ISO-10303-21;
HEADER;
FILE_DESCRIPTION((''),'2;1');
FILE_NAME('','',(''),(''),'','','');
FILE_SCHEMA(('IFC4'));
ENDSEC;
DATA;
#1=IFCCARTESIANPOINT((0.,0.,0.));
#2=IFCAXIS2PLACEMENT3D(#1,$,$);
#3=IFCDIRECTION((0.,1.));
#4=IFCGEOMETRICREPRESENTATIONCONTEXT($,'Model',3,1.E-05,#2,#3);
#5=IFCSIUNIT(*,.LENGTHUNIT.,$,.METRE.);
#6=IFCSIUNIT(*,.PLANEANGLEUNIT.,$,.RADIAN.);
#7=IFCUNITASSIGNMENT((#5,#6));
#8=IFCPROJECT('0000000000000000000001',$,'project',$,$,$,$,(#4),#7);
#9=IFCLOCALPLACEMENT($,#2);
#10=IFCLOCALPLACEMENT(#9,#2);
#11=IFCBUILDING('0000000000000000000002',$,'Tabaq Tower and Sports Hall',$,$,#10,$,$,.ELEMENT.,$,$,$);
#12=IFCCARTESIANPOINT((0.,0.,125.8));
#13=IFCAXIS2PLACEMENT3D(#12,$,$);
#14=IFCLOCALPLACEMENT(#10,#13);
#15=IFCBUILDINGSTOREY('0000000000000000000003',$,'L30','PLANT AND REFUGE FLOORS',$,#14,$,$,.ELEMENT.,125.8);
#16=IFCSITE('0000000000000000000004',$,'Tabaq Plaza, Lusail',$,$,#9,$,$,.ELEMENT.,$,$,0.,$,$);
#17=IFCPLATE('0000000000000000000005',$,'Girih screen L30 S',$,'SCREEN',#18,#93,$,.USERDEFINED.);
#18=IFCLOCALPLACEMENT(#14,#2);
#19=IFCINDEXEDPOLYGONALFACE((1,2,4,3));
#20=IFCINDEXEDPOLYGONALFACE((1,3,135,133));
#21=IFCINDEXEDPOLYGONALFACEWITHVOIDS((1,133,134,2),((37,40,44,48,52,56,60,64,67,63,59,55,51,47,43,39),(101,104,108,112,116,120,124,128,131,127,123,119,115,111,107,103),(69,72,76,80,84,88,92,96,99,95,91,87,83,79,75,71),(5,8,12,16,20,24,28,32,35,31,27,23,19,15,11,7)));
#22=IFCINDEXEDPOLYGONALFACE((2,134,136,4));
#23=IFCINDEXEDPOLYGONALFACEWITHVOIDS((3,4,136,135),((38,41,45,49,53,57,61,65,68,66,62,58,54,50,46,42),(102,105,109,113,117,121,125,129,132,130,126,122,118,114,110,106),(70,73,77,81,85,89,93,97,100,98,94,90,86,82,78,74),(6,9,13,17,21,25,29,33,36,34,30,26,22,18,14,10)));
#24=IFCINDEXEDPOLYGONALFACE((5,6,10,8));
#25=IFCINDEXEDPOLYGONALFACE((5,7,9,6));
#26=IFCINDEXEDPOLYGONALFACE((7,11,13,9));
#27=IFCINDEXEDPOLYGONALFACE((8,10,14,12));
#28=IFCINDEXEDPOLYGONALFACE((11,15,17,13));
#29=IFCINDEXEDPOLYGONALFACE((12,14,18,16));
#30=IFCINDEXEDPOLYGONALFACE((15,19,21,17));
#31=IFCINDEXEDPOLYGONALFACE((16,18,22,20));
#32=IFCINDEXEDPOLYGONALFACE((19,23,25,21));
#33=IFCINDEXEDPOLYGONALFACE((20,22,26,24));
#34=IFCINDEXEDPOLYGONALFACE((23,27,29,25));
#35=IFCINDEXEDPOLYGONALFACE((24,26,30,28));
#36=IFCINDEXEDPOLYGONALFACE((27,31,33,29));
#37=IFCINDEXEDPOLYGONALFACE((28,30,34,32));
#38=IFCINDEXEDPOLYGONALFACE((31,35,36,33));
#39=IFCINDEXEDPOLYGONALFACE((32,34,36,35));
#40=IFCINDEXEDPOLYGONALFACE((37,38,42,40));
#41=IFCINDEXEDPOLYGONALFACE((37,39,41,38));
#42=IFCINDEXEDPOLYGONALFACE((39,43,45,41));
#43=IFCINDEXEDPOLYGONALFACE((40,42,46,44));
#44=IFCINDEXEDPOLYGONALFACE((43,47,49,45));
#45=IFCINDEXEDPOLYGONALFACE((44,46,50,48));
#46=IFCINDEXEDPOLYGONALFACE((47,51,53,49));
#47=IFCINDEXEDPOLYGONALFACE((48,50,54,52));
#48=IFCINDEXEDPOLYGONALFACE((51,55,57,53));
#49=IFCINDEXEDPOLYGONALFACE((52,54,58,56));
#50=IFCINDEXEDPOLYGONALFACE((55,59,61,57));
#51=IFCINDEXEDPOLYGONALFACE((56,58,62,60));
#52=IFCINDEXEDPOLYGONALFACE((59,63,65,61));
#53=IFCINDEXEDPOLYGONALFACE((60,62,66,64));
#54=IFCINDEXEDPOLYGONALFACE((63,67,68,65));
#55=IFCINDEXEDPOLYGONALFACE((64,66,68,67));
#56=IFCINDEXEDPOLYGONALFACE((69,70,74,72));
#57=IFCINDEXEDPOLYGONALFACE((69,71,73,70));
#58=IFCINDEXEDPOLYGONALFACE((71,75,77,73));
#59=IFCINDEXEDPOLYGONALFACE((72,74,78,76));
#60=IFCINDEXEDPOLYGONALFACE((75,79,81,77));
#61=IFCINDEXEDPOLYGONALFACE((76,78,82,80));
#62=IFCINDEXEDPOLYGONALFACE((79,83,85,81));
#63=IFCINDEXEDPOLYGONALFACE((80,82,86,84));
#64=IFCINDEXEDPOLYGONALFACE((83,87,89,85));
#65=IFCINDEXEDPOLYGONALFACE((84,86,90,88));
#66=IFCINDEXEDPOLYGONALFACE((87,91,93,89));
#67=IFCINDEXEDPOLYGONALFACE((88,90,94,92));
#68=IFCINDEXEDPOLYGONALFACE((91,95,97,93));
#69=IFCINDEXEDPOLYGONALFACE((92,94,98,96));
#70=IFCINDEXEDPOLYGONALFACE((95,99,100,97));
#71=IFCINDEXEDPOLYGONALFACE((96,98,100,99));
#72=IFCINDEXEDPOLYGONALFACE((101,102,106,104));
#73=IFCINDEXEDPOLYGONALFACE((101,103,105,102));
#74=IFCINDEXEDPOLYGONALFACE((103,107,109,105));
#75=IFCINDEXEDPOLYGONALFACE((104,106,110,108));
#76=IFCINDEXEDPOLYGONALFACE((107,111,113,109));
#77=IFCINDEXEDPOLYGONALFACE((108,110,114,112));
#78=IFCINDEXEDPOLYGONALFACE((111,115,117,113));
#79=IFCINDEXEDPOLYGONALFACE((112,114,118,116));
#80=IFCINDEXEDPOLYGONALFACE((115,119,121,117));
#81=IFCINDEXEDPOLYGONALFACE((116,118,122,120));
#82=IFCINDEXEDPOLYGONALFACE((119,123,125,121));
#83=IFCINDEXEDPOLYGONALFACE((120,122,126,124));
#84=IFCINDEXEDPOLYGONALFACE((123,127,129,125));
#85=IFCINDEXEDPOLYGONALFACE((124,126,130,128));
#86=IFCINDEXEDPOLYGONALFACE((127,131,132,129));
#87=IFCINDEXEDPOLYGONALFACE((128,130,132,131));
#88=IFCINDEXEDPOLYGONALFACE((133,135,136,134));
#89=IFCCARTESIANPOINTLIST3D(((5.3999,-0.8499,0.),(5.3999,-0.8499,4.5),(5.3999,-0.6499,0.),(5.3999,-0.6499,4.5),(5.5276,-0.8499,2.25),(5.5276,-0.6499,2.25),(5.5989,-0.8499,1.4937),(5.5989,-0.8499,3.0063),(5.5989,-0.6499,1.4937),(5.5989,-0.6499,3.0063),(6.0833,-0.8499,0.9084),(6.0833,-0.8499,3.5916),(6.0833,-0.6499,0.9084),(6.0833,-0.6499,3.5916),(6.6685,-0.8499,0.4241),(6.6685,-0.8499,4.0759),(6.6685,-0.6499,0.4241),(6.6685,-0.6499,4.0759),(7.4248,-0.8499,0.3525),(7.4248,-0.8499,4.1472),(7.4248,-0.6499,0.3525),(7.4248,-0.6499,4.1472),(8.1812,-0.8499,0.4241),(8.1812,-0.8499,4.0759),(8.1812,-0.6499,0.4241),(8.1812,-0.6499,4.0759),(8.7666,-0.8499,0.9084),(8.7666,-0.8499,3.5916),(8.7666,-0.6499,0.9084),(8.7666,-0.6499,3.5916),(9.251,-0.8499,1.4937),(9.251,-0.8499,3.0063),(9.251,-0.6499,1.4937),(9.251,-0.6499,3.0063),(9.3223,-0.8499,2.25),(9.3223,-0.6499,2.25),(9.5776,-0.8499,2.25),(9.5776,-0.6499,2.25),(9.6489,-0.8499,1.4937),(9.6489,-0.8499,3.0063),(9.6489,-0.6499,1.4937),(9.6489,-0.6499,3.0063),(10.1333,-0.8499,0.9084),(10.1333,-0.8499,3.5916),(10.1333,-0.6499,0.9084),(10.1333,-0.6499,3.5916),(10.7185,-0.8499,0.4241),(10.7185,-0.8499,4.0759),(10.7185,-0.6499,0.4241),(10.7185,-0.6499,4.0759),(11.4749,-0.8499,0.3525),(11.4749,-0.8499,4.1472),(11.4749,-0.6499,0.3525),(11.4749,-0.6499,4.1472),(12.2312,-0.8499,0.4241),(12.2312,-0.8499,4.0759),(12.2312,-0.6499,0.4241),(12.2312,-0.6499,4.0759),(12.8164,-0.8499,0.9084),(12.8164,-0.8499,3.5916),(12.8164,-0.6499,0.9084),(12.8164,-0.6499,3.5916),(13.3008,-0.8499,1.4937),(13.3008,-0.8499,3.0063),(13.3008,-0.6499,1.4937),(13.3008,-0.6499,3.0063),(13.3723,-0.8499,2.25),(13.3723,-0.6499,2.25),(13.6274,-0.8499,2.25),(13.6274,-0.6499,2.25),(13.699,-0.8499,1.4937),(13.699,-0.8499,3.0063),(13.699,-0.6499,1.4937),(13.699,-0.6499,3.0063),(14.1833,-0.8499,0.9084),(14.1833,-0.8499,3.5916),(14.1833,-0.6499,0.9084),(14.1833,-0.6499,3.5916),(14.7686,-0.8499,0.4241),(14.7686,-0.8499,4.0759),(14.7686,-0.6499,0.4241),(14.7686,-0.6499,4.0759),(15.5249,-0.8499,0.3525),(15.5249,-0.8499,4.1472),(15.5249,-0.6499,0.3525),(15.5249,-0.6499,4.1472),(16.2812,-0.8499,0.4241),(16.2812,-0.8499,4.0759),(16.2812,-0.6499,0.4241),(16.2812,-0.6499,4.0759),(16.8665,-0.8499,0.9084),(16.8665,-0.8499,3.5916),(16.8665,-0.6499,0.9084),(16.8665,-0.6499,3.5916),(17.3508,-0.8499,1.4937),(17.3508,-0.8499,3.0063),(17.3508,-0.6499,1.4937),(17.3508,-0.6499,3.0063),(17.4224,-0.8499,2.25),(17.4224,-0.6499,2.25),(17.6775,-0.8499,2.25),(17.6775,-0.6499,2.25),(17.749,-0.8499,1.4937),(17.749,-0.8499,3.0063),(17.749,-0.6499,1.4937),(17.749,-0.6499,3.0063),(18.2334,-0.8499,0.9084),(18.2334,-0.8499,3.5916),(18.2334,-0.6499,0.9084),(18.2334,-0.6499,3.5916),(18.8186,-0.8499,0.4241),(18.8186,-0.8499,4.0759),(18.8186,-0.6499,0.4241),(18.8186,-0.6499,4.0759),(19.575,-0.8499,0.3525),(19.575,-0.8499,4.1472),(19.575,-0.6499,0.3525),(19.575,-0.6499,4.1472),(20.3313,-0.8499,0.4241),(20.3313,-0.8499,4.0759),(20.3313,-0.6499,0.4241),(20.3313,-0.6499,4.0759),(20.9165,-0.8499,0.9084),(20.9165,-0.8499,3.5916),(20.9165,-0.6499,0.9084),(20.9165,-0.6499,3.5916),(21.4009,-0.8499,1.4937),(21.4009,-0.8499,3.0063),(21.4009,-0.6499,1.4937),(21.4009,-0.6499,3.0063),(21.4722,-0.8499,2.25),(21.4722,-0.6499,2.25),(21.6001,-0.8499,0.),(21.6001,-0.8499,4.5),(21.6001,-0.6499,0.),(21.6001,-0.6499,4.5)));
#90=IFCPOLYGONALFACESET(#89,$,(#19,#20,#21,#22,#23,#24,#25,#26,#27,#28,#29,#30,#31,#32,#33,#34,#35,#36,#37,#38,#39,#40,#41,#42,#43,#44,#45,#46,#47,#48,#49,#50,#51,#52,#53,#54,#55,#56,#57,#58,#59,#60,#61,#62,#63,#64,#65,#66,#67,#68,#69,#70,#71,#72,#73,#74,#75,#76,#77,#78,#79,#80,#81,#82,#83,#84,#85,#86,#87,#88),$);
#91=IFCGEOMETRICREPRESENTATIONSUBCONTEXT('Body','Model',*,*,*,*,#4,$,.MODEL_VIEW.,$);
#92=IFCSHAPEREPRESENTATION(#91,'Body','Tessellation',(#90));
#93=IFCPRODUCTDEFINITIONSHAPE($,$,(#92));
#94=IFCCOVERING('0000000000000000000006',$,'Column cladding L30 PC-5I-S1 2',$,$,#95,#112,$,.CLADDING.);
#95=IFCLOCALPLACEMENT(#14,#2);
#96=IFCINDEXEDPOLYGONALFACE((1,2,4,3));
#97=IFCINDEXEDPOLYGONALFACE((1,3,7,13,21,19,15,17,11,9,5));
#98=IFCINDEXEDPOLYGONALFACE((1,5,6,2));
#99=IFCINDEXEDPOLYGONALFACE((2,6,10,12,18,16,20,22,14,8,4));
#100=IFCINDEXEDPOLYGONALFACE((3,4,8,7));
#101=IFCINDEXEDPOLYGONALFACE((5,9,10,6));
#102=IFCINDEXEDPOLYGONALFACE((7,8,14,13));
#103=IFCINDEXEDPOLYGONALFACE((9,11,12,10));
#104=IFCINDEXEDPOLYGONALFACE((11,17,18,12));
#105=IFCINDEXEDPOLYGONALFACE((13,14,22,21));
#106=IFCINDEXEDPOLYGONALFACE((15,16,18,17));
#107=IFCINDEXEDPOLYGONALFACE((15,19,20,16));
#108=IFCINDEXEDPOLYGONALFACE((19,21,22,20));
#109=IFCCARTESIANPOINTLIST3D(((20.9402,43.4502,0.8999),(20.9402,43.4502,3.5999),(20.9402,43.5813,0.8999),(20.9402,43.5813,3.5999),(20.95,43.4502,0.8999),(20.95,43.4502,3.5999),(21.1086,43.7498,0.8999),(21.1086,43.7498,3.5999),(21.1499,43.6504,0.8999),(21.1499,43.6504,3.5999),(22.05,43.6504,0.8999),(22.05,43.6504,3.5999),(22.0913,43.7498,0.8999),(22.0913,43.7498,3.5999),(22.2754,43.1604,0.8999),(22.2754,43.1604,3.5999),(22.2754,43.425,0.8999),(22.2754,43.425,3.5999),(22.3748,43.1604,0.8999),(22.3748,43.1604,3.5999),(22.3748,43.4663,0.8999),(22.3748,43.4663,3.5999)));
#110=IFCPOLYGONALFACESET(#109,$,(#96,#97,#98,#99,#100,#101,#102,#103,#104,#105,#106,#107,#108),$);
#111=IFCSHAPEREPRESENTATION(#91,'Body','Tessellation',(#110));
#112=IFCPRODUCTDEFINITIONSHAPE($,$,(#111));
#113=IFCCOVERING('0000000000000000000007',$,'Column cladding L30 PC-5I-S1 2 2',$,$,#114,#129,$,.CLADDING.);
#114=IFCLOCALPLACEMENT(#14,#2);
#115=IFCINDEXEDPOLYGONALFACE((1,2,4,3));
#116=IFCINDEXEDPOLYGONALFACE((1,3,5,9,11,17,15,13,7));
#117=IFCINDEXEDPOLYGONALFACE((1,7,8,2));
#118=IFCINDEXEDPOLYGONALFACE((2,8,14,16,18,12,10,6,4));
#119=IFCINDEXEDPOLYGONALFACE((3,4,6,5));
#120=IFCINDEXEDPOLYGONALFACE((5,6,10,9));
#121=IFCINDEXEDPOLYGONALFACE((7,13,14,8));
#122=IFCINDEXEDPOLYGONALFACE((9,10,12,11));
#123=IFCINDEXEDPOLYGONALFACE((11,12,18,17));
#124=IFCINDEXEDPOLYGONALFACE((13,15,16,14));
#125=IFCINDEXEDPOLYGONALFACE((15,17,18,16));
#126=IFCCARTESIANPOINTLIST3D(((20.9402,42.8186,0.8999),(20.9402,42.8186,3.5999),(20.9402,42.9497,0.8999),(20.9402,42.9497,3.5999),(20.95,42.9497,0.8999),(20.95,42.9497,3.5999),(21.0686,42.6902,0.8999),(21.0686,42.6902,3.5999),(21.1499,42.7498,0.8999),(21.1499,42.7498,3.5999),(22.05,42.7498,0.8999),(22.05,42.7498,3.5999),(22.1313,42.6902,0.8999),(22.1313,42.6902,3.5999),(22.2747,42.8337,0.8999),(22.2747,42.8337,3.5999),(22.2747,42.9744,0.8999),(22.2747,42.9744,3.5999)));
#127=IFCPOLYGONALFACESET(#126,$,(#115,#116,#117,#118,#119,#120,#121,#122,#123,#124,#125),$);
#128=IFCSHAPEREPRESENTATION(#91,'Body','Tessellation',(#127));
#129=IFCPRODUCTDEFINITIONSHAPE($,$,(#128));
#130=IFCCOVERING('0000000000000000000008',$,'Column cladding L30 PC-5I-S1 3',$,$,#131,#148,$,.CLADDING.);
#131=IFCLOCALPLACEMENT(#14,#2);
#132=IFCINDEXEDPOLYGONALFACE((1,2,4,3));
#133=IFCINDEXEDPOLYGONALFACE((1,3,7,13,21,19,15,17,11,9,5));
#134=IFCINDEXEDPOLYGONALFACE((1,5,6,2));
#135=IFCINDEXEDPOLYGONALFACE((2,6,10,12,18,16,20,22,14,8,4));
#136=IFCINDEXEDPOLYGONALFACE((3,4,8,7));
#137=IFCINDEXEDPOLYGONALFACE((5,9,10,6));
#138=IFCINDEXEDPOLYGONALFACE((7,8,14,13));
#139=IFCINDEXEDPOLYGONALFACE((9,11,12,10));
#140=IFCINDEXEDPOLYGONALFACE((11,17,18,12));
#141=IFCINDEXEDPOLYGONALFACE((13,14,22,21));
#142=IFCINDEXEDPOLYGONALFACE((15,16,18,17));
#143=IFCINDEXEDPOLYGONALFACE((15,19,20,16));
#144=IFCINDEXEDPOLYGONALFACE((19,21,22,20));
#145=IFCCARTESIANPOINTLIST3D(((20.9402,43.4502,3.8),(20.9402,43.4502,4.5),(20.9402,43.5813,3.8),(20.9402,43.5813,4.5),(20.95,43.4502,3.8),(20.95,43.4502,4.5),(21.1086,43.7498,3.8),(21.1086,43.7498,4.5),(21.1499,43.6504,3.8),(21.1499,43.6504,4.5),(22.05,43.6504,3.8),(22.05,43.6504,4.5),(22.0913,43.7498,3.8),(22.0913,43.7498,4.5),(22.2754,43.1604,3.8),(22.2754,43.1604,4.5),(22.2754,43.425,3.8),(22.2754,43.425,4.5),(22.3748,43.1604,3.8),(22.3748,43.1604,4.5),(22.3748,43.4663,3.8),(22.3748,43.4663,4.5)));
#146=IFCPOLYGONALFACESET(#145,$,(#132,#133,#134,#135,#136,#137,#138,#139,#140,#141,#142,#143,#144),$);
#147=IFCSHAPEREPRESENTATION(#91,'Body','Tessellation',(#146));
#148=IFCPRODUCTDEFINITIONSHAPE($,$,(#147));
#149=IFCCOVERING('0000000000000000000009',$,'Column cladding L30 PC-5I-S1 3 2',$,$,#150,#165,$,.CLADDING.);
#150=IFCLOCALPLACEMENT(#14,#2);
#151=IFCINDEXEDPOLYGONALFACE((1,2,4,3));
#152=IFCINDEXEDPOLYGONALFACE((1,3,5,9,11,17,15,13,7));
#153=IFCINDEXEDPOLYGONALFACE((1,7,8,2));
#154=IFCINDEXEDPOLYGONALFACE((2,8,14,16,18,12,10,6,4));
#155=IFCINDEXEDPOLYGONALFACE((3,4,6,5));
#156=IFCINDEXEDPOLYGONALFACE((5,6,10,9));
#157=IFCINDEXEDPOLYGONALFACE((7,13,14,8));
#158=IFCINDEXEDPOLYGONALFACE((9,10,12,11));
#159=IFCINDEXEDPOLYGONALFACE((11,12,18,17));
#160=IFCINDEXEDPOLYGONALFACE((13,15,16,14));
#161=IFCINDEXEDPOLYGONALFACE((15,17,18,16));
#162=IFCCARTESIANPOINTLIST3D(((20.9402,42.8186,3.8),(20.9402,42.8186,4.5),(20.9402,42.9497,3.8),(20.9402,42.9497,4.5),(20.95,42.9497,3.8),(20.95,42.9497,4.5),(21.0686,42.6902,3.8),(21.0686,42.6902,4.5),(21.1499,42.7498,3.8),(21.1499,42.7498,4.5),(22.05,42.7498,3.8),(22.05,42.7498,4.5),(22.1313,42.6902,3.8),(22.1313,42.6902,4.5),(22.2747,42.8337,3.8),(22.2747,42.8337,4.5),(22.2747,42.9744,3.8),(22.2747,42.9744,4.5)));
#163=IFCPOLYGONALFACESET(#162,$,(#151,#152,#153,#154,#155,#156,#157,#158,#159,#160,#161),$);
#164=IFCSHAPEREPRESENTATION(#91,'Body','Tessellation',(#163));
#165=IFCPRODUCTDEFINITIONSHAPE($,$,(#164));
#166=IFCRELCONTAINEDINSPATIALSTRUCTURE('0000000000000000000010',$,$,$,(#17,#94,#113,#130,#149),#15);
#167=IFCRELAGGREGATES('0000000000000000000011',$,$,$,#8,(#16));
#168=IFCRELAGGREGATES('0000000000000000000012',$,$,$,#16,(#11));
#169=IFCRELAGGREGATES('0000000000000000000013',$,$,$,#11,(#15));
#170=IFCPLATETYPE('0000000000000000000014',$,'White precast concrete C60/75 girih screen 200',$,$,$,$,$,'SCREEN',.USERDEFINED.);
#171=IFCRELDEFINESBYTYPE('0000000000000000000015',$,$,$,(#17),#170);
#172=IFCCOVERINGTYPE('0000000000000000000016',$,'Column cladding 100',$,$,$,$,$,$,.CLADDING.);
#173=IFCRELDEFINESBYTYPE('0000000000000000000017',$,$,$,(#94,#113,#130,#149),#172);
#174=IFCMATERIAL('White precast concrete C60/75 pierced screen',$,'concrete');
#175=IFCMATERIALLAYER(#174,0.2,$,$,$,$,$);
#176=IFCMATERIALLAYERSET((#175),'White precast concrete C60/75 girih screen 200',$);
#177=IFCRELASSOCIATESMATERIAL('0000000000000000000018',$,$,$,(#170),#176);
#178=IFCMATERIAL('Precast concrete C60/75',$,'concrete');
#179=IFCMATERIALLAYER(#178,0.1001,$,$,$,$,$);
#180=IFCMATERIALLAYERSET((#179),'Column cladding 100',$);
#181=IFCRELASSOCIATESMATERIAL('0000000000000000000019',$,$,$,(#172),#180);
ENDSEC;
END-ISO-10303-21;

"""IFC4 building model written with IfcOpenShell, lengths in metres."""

from ifc_helpers import new_model, si_unit, direction, frame, origin, place, context, subcontext, project, spatial, polyline, outline, extrude, material, layer, layer_set, type_object, element, save


model = new_model("IFC4")

# Units and contexts
model_context = context("Model", 3, precision=1e-05, world=origin(), true_north=direction((0.0, 1.0)))
body_context = subcontext(model_context, "Body", "Model", "MODEL_VIEW")
ifc_project = project(units=[si_unit("LENGTHUNIT", "METRE"), si_unit("PLANEANGLEUNIT", "RADIAN")], contexts=[model_context])

# Site, building, storey
site_placement = place(None, origin())
site = spatial("IfcSite", under=ifc_project, at=site_placement, Name="Tabaq Plaza, Lusail", CompositionType="ELEMENT", RefElevation=0.0)
building_placement = place(site_placement, origin())
building = spatial("IfcBuilding", under=site, at=building_placement, Name="Tabaq Tower and Sports Hall", CompositionType="ELEMENT")
storey_placement = place(building_placement, frame((0.0, 0.0, 125.8)))
storey = spatial("IfcBuildingStorey", under=building, at=storey_placement, Name="L30", Description="PLANT AND REFUGE FLOORS", CompositionType="ELEMENT", Elevation=125.8)

# Plate
ifc_material_1 = material(Name="White precast concrete C60/75 pierced screen", Category="concrete")
ifc_layer_1 = layer(ifc_material_1, 0.2)
ifc_layer_set_1 = layer_set([ifc_layer_1], Name="White precast concrete C60/75 girih screen 200")
plate_type = type_object("IfcPlateType", Name="White precast concrete C60/75 girih screen 200", ElementType="SCREEN", PredefinedType="USERDEFINED", material=ifc_layer_set_1)
plate_placement = place(storey_placement, frame((5.3999, -0.75, 0.0), z_axis=(0.0, 0.0, 1.0), x_axis=(1.0, 0.0, 0.0)))
element("IfcPlate", 1, at=plate_placement, inside=storey, type_object=plate_type, Name="Girih screen L30 S", ObjectType="SCREEN", PredefinedType="USERDEFINED", context=body_context, shape_type="SweptSolid", body=[
    extrude(outline(polyline([(0.0, 0.0), (16.2002, 0.0), (16.2002, 4.5), (0.0, 4.5), (0.0, 0.0)]), holes=[polyline([(3.8511, 3.0063), (3.3667, 3.5916), (2.7812, 4.0759), (2.0249, 4.1472), (1.2686, 4.0759), (0.6833, 3.5916), (0.199, 3.0063), (0.1277, 2.25), (0.199, 1.4937), (0.6833, 0.9084), (1.2686, 0.4241), (2.0249, 0.3525), (2.7812, 0.4241), (3.3667, 0.9084), (3.8511, 1.4937), (3.9224, 2.25), (3.8511, 3.0063)]), polyline([(7.9009, 3.0063), (7.4165, 3.5916), (6.8313, 4.0759), (6.075, 4.1472), (5.3186, 4.0759), (4.7334, 3.5916), (4.249, 3.0063), (4.1777, 2.25), (4.249, 1.4937), (4.7334, 0.9084), (5.3186, 0.4241), (6.075, 0.3525), (6.8313, 0.4241), (7.4165, 0.9084), (7.9009, 1.4937), (7.9724, 2.25), (7.9009, 3.0063)]), polyline([(11.9509, 3.0063), (11.4666, 3.5916), (10.8813, 4.0759), (10.125, 4.1472), (9.3687, 4.0759), (8.7834, 3.5916), (8.2991, 3.0063), (8.2275, 2.25), (8.2991, 1.4937), (8.7834, 0.9084), (9.3687, 0.4241), (10.125, 0.3525), (10.8813, 0.4241), (11.4666, 0.9084), (11.9509, 1.4937), (12.0225, 2.25), (11.9509, 3.0063)]), polyline([(16.001, 3.0063), (15.5166, 3.5916), (14.9314, 4.0759), (14.175, 4.1472), (13.4187, 4.0759), (12.8335, 3.5916), (12.3491, 3.0063), (12.2776, 2.25), (12.3491, 1.4937), (12.8335, 0.9084), (13.4187, 0.4241), (14.175, 0.3525), (14.9314, 0.4241), (15.5166, 0.9084), (16.001, 1.4937), (16.0723, 2.25), (16.001, 3.0063)])]), frame((0.0, 0.1001, 0.0), z_axis=(0.0, -1.0, 0.0), x_axis=(1.0, 0.0, 0.0)), (0.0, 0.0, 1.0), 0.2),
])

# Coverings
ifc_material_2 = material(Name="Precast concrete C60/75", Category="concrete")
ifc_layer_2 = layer(ifc_material_2, 0.1001)
ifc_layer_set_2 = layer_set([ifc_layer_2], Name="Column cladding 100")
covering_type = type_object("IfcCoveringType", Name="Column cladding 100", PredefinedType="CLADDING", material=ifc_layer_set_2)
covering_1_placement = place(storey_placement, frame((0.0, 0.0, 0.8999)))
element("IfcCovering", 2, at=covering_1_placement, inside=storey, type_object=covering_type, Name="Column cladding L30 PC-5I-S1 2", PredefinedType="CLADDING", context=body_context, shape_type="SweptSolid", body=[
    extrude(outline(polyline([(21.1086, 43.7498), (22.0913, 43.7498), (22.3748, 43.4663), (22.3748, 43.1604), (22.2754, 43.1604), (22.2754, 43.425), (22.05, 43.6504), (21.1499, 43.6504), (20.95, 43.4502), (20.9402, 43.4502), (20.9402, 43.5813), (21.1086, 43.7498)])), origin(), (0.0, 0.0, 1.0), 2.7),
])
covering_2_placement = place(storey_placement, frame((0.0, 0.0, 0.8999)))
element("IfcCovering", 3, at=covering_2_placement, inside=storey, type_object=covering_type, Name="Column cladding L30 PC-5I-S1 2 2", PredefinedType="CLADDING", context=body_context, shape_type="SweptSolid", body=[
    extrude(outline(polyline([(22.1313, 42.6902), (21.0686, 42.6902), (20.9402, 42.8186), (20.9402, 42.9497), (20.95, 42.9497), (21.1499, 42.7498), (22.05, 42.7498), (22.2747, 42.9744), (22.2747, 42.8337), (22.1313, 42.6902)])), origin(), (0.0, 0.0, 1.0), 2.7),
])
covering_3_placement = place(storey_placement, frame((0.0, 0.0, 3.8)))
element("IfcCovering", 4, at=covering_3_placement, inside=storey, type_object=covering_type, Name="Column cladding L30 PC-5I-S1 3", PredefinedType="CLADDING", context=body_context, shape_type="SweptSolid", body=[
    extrude(outline(polyline([(21.1086, 43.7498), (22.0913, 43.7498), (22.3748, 43.4663), (22.3748, 43.1604), (22.2754, 43.1604), (22.2754, 43.425), (22.05, 43.6504), (21.1499, 43.6504), (20.95, 43.4502), (20.9402, 43.4502), (20.9402, 43.5813), (21.1086, 43.7498)])), origin(), (0.0, 0.0, 1.0), 0.7),
])
covering_4_placement = place(storey_placement, frame((0.0, 0.0, 3.8)))
element("IfcCovering", 5, at=covering_4_placement, inside=storey, type_object=covering_type, Name="Column cladding L30 PC-5I-S1 3 2", PredefinedType="CLADDING", context=body_context, shape_type="SweptSolid", body=[
    extrude(outline(polyline([(22.1313, 42.6902), (21.0686, 42.6902), (20.9402, 42.8186), (20.9402, 42.9497), (20.95, 42.9497), (21.1499, 42.7498), (22.05, 42.7498), (22.2747, 42.9744), (22.2747, 42.8337), (22.1313, 42.6902)])), origin(), (0.0, 0.0, 1.0), 0.7),
])

save(model, "model.ifc")
